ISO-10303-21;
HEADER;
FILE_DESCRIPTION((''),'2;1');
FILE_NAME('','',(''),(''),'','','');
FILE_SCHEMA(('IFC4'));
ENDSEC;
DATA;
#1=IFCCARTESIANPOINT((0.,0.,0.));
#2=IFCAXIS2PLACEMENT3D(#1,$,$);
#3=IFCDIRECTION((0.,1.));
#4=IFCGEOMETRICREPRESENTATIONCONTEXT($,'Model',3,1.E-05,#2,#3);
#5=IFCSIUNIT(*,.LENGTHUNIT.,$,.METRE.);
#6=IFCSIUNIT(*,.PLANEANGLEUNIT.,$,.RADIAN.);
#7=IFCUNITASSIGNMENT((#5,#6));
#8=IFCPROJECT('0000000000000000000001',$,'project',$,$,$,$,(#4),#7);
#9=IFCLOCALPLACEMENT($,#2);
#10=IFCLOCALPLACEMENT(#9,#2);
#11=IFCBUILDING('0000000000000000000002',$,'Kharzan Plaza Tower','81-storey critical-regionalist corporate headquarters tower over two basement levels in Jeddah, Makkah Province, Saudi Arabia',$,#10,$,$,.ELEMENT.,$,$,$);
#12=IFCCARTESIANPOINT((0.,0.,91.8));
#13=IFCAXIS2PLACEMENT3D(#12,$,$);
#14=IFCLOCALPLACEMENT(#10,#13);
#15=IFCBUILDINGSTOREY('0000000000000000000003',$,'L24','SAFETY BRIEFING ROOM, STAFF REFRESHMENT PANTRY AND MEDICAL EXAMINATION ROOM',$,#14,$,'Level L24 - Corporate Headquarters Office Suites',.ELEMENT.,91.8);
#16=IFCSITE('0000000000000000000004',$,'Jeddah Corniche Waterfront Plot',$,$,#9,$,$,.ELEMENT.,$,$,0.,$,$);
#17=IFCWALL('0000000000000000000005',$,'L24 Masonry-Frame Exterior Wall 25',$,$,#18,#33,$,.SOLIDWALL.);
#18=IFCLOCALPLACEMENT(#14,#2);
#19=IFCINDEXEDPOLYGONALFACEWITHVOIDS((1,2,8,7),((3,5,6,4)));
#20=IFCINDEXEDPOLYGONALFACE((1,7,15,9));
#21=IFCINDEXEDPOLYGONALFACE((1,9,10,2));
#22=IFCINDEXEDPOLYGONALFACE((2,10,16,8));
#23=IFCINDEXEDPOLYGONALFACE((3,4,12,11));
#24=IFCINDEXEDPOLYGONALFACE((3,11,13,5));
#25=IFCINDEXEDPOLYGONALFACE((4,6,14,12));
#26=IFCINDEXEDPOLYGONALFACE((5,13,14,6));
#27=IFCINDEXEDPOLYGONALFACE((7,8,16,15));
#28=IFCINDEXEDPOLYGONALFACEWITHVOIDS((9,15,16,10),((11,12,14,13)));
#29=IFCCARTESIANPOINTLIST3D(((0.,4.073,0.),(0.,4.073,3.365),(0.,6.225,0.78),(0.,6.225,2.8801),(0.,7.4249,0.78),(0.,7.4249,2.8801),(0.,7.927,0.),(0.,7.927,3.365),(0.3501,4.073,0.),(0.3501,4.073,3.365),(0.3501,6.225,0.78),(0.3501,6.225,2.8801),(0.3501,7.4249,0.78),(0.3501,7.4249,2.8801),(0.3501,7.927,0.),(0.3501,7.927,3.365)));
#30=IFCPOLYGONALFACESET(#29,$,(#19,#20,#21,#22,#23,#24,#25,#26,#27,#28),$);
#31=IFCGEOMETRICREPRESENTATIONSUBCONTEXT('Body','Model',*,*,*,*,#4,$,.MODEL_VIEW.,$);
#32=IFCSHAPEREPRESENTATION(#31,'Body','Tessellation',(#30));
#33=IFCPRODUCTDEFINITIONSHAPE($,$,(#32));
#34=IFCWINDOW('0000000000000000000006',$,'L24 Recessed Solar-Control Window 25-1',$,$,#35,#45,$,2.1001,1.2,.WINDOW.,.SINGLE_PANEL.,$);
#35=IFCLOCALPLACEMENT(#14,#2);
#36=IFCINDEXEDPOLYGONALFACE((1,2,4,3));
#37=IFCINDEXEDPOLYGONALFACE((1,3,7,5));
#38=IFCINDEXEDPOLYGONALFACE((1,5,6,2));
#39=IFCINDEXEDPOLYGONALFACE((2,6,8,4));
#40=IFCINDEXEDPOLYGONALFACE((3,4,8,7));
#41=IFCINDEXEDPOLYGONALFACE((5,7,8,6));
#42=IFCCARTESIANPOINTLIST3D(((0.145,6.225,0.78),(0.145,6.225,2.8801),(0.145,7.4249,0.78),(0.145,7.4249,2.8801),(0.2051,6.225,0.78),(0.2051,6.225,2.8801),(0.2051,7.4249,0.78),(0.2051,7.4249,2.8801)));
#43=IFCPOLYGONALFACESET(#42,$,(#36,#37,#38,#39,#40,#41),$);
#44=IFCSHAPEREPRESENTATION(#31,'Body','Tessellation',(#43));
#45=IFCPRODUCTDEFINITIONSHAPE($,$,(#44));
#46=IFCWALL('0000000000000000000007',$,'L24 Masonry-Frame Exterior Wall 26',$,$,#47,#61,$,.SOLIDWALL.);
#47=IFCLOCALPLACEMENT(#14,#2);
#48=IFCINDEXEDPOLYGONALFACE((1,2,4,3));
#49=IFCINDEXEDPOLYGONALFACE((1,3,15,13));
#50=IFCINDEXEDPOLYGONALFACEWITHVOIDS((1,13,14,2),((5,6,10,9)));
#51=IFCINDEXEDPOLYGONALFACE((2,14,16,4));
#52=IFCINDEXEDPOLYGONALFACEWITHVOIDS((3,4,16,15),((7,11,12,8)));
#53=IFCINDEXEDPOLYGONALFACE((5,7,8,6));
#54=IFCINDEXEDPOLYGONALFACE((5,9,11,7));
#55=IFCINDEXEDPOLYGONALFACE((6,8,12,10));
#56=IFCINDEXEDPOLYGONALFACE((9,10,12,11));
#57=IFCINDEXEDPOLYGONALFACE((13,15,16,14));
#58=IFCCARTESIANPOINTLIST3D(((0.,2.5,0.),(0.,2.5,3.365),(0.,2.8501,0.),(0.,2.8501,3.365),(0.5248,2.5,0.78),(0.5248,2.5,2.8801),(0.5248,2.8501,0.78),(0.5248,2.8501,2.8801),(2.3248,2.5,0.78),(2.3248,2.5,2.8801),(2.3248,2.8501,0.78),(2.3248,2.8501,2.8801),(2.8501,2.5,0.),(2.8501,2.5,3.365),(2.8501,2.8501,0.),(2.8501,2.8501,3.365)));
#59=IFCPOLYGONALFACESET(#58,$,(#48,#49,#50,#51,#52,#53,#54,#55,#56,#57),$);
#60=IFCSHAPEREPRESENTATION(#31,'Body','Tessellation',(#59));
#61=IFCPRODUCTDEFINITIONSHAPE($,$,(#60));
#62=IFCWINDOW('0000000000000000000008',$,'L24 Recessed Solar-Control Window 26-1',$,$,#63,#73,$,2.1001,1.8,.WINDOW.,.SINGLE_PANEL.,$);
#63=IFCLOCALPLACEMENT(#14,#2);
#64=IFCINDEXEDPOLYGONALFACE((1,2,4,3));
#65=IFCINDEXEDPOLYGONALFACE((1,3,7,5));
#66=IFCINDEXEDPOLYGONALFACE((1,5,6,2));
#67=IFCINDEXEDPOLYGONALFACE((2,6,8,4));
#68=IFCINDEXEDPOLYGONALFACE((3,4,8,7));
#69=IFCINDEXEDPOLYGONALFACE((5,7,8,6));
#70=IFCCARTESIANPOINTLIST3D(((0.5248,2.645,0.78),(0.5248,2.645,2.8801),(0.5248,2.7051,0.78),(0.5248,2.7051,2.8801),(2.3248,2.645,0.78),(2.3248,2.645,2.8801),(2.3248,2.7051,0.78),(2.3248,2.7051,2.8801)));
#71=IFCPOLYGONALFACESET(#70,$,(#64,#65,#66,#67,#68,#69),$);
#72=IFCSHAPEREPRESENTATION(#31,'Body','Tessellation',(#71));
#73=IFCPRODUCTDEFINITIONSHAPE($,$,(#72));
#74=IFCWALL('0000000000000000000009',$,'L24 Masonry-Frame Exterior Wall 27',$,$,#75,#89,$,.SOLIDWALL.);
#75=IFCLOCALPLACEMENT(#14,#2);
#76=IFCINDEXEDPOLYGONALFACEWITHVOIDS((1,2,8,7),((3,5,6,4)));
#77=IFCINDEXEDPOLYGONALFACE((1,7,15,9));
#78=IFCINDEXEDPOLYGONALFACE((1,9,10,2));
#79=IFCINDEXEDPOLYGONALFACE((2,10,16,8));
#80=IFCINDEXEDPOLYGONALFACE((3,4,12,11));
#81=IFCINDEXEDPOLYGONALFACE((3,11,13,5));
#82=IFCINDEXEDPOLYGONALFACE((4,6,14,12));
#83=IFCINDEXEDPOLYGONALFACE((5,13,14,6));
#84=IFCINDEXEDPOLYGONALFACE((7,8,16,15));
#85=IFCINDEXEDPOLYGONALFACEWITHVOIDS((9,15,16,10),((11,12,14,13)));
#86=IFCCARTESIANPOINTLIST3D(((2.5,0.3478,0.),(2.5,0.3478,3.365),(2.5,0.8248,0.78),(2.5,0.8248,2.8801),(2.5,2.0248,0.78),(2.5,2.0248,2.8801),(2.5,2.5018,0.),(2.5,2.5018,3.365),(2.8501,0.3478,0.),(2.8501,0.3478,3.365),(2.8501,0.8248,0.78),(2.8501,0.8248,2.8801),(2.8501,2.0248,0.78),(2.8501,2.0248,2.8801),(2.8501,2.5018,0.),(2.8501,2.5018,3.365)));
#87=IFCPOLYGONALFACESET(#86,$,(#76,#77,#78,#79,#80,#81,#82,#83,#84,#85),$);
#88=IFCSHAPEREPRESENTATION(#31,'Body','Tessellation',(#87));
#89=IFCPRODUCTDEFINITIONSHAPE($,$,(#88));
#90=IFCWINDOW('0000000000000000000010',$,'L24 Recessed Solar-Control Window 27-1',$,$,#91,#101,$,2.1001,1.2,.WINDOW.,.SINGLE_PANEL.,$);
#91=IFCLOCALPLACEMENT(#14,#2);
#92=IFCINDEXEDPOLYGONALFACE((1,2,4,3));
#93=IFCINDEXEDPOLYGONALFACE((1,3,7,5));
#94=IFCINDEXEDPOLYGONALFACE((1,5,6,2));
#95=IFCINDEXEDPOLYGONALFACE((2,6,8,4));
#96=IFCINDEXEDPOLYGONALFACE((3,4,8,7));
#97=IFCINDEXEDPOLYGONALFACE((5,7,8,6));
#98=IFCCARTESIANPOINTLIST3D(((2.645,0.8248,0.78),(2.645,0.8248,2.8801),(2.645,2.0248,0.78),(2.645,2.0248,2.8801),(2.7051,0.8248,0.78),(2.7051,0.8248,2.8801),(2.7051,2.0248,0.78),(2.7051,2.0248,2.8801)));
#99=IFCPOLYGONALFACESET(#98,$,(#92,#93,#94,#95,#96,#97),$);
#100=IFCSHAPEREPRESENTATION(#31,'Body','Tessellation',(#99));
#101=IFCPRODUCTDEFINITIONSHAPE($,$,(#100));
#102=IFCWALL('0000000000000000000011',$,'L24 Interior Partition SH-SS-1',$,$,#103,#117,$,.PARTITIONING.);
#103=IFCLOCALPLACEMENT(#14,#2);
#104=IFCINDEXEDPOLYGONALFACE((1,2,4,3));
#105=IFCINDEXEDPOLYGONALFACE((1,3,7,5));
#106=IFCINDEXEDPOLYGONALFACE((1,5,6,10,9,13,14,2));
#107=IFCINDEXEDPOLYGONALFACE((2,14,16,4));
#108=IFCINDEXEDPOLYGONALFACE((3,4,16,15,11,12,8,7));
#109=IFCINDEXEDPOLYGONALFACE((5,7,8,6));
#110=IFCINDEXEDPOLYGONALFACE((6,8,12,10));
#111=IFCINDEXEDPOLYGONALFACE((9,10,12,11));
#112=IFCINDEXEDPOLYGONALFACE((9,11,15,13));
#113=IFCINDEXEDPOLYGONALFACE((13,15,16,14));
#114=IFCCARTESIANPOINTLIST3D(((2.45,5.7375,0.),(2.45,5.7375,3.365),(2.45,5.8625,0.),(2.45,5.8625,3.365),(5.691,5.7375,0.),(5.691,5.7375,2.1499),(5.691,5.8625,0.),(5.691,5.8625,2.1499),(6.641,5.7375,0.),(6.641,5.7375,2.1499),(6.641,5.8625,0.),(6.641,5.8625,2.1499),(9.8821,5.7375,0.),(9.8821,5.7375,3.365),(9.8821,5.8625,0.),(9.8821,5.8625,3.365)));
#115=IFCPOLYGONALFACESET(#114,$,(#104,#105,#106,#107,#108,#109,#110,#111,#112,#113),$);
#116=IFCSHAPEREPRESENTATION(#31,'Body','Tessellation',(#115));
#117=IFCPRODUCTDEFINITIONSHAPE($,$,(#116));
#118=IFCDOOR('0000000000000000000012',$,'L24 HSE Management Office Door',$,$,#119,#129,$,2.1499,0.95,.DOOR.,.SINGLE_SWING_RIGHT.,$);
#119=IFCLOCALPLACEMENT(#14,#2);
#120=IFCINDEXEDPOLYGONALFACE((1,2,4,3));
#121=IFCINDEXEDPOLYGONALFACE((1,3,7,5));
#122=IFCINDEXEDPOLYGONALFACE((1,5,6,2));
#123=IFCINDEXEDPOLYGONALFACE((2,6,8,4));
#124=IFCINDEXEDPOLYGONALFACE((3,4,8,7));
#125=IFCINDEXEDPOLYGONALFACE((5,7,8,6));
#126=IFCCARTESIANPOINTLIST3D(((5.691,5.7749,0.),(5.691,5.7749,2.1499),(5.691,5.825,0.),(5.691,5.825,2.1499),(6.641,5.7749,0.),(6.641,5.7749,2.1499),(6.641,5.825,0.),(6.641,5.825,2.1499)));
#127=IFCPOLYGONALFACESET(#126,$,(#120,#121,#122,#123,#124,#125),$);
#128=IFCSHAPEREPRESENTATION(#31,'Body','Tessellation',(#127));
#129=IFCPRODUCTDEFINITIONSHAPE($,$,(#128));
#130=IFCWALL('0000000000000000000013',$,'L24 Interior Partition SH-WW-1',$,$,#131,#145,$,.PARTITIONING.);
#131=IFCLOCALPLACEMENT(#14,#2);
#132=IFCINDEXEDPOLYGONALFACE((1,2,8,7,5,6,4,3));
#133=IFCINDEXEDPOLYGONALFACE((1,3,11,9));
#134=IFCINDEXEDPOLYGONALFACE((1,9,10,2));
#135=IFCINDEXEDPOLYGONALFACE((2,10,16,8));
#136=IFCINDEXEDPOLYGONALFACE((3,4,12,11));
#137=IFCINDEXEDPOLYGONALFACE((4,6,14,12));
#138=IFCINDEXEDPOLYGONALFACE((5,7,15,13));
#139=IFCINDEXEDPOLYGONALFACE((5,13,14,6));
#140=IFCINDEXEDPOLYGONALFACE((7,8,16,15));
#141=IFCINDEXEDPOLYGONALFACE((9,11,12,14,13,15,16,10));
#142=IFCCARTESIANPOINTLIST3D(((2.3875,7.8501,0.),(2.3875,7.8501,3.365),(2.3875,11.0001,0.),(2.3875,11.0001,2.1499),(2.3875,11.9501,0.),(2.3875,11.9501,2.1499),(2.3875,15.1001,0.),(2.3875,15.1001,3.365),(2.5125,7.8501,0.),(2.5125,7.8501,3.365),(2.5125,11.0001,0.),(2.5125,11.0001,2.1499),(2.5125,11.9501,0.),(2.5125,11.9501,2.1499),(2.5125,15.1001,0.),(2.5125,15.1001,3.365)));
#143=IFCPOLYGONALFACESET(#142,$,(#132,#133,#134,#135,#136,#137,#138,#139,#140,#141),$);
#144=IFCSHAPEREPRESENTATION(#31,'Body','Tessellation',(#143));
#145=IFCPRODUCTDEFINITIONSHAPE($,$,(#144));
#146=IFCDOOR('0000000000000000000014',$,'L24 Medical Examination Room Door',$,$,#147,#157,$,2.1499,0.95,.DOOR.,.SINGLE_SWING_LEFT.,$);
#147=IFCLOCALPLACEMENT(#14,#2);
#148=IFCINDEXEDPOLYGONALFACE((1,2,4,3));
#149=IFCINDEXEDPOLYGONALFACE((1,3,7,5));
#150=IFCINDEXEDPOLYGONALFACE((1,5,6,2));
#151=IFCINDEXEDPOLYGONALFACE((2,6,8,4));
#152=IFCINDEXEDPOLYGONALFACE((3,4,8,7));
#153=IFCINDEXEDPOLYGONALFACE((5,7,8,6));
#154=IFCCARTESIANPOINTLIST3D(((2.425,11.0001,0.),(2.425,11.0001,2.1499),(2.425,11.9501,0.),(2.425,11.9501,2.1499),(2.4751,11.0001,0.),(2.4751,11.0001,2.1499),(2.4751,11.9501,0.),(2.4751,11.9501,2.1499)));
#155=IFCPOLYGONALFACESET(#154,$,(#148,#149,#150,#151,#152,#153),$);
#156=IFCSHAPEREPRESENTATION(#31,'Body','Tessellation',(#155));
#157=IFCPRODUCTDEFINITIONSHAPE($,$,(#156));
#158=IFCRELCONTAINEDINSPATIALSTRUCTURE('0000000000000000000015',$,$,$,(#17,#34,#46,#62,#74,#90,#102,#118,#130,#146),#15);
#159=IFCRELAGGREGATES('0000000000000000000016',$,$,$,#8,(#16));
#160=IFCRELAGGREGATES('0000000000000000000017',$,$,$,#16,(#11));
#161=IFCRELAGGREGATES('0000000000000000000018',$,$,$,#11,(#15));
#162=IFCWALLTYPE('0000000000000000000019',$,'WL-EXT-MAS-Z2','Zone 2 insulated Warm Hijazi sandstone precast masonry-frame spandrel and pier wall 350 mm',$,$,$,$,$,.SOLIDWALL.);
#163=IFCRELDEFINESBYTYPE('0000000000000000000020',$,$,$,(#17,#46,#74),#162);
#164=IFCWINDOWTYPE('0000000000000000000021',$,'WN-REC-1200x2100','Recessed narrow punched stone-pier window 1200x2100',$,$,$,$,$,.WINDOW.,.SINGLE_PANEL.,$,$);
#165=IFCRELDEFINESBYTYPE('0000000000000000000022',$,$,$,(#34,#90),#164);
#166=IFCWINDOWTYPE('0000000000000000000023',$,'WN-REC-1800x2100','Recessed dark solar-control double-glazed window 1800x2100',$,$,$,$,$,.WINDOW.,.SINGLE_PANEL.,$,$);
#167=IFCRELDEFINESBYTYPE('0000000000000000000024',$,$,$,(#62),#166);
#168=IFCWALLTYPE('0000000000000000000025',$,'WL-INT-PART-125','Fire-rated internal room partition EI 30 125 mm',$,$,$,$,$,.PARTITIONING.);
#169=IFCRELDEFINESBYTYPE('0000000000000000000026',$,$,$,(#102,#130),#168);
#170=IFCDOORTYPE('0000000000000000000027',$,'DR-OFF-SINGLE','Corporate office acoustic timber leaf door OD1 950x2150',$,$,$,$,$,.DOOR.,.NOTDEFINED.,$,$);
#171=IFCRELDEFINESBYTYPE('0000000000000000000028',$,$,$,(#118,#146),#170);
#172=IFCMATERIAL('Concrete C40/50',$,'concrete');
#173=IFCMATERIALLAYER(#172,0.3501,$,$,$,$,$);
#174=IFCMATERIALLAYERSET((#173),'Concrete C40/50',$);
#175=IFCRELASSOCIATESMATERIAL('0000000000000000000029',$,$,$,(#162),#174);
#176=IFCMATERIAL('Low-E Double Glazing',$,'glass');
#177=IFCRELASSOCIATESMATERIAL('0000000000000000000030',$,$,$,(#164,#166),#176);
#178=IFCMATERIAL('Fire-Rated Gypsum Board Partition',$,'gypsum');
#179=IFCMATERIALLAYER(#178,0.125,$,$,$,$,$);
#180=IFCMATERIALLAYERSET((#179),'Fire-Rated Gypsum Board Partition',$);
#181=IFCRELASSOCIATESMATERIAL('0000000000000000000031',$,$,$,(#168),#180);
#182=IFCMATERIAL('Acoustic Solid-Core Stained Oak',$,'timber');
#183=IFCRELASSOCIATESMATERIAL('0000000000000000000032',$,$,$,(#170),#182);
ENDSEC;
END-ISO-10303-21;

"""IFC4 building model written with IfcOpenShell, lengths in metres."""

from ifc_helpers import new_model, si_unit, direction, frame, frame_2d, origin, place, context, subcontext, project, spatial, rectangle, extrude, source, transform, mapped, material, layer, layer_set, type_object, element, fill, save


model = new_model("IFC4")

# Units and contexts
model_context = context("Model", 3, precision=1e-05, world=origin(), true_north=direction((0.0, 1.0)))
body_context = subcontext(model_context, "Body", "Model", "MODEL_VIEW")
ifc_project = project(units=[si_unit("LENGTHUNIT", "METRE"), si_unit("PLANEANGLEUNIT", "RADIAN")], contexts=[model_context])

# Site, building, storey
site_placement = place(None, origin())
site = spatial("IfcSite", under=ifc_project, at=site_placement, Name="Jeddah Corniche Waterfront Plot", CompositionType="ELEMENT", RefElevation=0.0)
building_placement = place(site_placement, origin())
building = spatial("IfcBuilding", under=site, at=building_placement, Name="Kharzan Plaza Tower", Description="81-storey critical-regionalist corporate headquarters tower over two basement levels in Jeddah, Makkah Province, Saudi Arabia", CompositionType="ELEMENT")
storey_placement = place(building_placement, frame((0.0, 0.0, 91.8)))
storey = spatial("IfcBuildingStorey", under=building, at=storey_placement, Name="L24", Description="SAFETY BRIEFING ROOM, STAFF REFRESHMENT PANTRY AND MEDICAL EXAMINATION ROOM", LongName="Level L24 - Corporate Headquarters Office Suites", CompositionType="ELEMENT", Elevation=91.8)

# Shared definitions
ifc_material_1 = material(Name="Concrete C40/50", Category="concrete")

# Walls, openings, windows
ifc_layer_1 = layer(ifc_material_1, 0.3501)
ifc_layer_set_1 = layer_set([ifc_layer_1], Name="Concrete C40/50")
wall_type_1 = type_object("IfcWallType", Name="WL-EXT-MAS-Z2", Description="Zone 2 insulated Warm Hijazi sandstone precast masonry-frame spandrel and pier wall 350 mm", PredefinedType="SOLIDWALL", material=ifc_layer_set_1)
wall_1_placement = place(storey_placement, frame((0.175, 7.927, 0.0), z_axis=(0.0, 0.0, 1.0), x_axis=(0.0, -1.0, 0.0)))
wall_1 = element("IfcWall", 1, at=wall_1_placement, inside=storey, type_object=wall_type_1, Name="L24 Masonry-Frame Exterior Wall 25", PredefinedType="SOLIDWALL", context=body_context, shape_type="SweptSolid", body=[
    extrude(rectangle(XDim=3.854, YDim=0.3501, at=frame_2d((1.927, 0.0))), origin(), (0.0, 0.0, 1.0), 3.365),
])
opening_1_placement = place(wall_1_placement, frame((0.502, 0.0, 0.78)))
opening_1 = element("IfcOpeningElement", 2, at=opening_1_placement, cuts=wall_1, PredefinedType="OPENING", context=body_context, shape_type="SweptSolid", body=[
    extrude(rectangle(XDim=1.2, YDim=2.1001, at=frame_2d((0.6001, 1.05))), frame((0.0, 0.1851, 0.0), z_axis=(0.0, -1.0, 0.0), x_axis=(1.0, 0.0, 0.0)), (0.0, 0.0, 1.0), 0.3701),
])
ifc_material_2 = material(Name="Low-E Double Glazing", Category="glass")
window_type_1 = type_object("IfcWindowType", Name="WN-REC-1200x2100", Description="Recessed narrow punched stone-pier window 1200x2100", PartitioningType="SINGLE_PANEL", PredefinedType="WINDOW", material=ifc_material_2)
shared_shape_1 = source(origin(), body_context, "Body", "SweptSolid", [
    extrude(rectangle(XDim=1.2, YDim=2.1001, at=frame_2d((0.6001, 1.05))), frame((0.0, 0.03, 0.0), z_axis=(0.0, -1.0, 0.0), x_axis=(1.0, 0.0, 0.0)), (0.0, 0.0, 1.0), 0.0601),
])
window_1_placement = place(opening_1_placement, origin())
window_1 = element("IfcWindow", 3, at=window_1_placement, inside=storey, type_object=window_type_1, Name="L24 Recessed Solar-Control Window 25-1", OverallHeight=2.1001, OverallWidth=1.2, PartitioningType="SINGLE_PANEL", PredefinedType="WINDOW", context=body_context, shape_type="MappedRepresentation", body=[
    mapped(shared_shape_1, transform((0.0, 0.0, 0.0), x_axis=(1.0, 0.0, 0.0), y_axis=(0.0, 1.0, 0.0), z_axis=(0.0, 0.0, 1.0))),
])
fill(opening_1, window_1)
wall_2_placement = place(storey_placement, frame((0.0, 2.675, 0.0), z_axis=(0.0, 0.0, 1.0), x_axis=(1.0, 0.0, 0.0)))
wall_2 = element("IfcWall", 4, at=wall_2_placement, inside=storey, type_object=wall_type_1, Name="L24 Masonry-Frame Exterior Wall 26", PredefinedType="SOLIDWALL", context=body_context, shape_type="SweptSolid", body=[
    extrude(rectangle(XDim=2.8501, YDim=0.3501, at=frame_2d((1.425, 0.0))), origin(), (0.0, 0.0, 1.0), 3.365),
])
opening_2_placement = place(wall_2_placement, frame((0.5249, 0.0, 0.78)))
opening_2 = element("IfcOpeningElement", 5, at=opening_2_placement, cuts=wall_2, PredefinedType="OPENING", context=body_context, shape_type="SweptSolid", body=[
    extrude(rectangle(XDim=1.8, YDim=2.1001, at=frame_2d((0.8999, 1.05))), frame((0.0, 0.1851, 0.0), z_axis=(0.0, -1.0, 0.0), x_axis=(1.0, 0.0, 0.0)), (0.0, 0.0, 1.0), 0.3701),
])
window_type_2 = type_object("IfcWindowType", Name="WN-REC-1800x2100", Description="Recessed dark solar-control double-glazed window 1800x2100", PartitioningType="SINGLE_PANEL", PredefinedType="WINDOW", material=ifc_material_2)
shared_shape_2 = source(origin(), body_context, "Body", "SweptSolid", [
    extrude(rectangle(XDim=1.8, YDim=2.1001, at=frame_2d((0.8999, 1.05))), frame((0.0, 0.03, 0.0), z_axis=(0.0, -1.0, 0.0), x_axis=(1.0, 0.0, 0.0)), (0.0, 0.0, 1.0), 0.0601),
])
window_2_placement = place(opening_2_placement, origin())
window_2 = element("IfcWindow", 6, at=window_2_placement, inside=storey, type_object=window_type_2, Name="L24 Recessed Solar-Control Window 26-1", OverallHeight=2.1001, OverallWidth=1.8, PartitioningType="SINGLE_PANEL", PredefinedType="WINDOW", context=body_context, shape_type="MappedRepresentation", body=[
    mapped(shared_shape_2, transform((0.0, 0.0, 0.0), x_axis=(1.0, 0.0, 0.0), y_axis=(0.0, 1.0, 0.0), z_axis=(0.0, 0.0, 1.0))),
])
fill(opening_2, window_2)
wall_3_placement = place(storey_placement, frame((2.675, 2.502, 0.0), z_axis=(0.0, 0.0, 1.0), x_axis=(0.0, -1.0, 0.0)))
wall_3 = element("IfcWall", 7, at=wall_3_placement, inside=storey, type_object=wall_type_1, Name="L24 Masonry-Frame Exterior Wall 27", PredefinedType="SOLIDWALL", context=body_context, shape_type="SweptSolid", body=[
    extrude(rectangle(XDim=2.1541, YDim=0.3501, at=frame_2d((1.0771, 0.0))), origin(), (0.0, 0.0, 1.0), 3.365),
])
opening_3_placement = place(wall_3_placement, frame((0.4771, 0.0, 0.78)))
opening_3 = element("IfcOpeningElement", 8, at=opening_3_placement, cuts=wall_3, PredefinedType="OPENING", context=body_context, shape_type="SweptSolid", body=[
    extrude(rectangle(XDim=1.2, YDim=2.1001, at=frame_2d((0.6001, 1.05))), frame((0.0, 0.1851, 0.0), z_axis=(0.0, -1.0, 0.0), x_axis=(1.0, 0.0, 0.0)), (0.0, 0.0, 1.0), 0.3701),
])
window_3_placement = place(opening_3_placement, origin())
window_3 = element("IfcWindow", 9, at=window_3_placement, inside=storey, type_object=window_type_1, Name="L24 Recessed Solar-Control Window 27-1", OverallHeight=2.1001, OverallWidth=1.2, PartitioningType="SINGLE_PANEL", PredefinedType="WINDOW", context=body_context, shape_type="MappedRepresentation", body=[
    mapped(shared_shape_1, transform((0.0, 0.0, 0.0), x_axis=(1.0, 0.0, 0.0), y_axis=(0.0, 1.0, 0.0), z_axis=(0.0, 0.0, 1.0))),
])
fill(opening_3, window_3)

# Walls, openings, doors
ifc_material_3 = material(Name="Fire-Rated Gypsum Board Partition", Category="gypsum")
ifc_layer_2 = layer(ifc_material_3, 0.125)
ifc_layer_set_2 = layer_set([ifc_layer_2], Name="Fire-Rated Gypsum Board Partition")
wall_type_2 = type_object("IfcWallType", Name="WL-INT-PART-125", Description="Fire-rated internal room partition EI 30 125 mm", PredefinedType="PARTITIONING", material=ifc_layer_set_2)
wall_4_placement = place(storey_placement, frame((2.45, 5.8, 0.0), z_axis=(0.0, 0.0, 1.0), x_axis=(1.0, 0.0, 0.0)))
wall_4 = element("IfcWall", 10, at=wall_4_placement, inside=storey, type_object=wall_type_2, Name="L24 Interior Partition SH-SS-1", PredefinedType="PARTITIONING", context=body_context, shape_type="SweptSolid", body=[
    extrude(rectangle(XDim=7.4321, YDim=0.125, at=frame_2d((3.7161, 0.0))), origin(), (0.0, 0.0, 1.0), 3.365),
])
opening_4_placement = place(wall_4_placement, frame((3.241, 0.0, 0.0)))
opening_4 = element("IfcOpeningElement", 11, at=opening_4_placement, cuts=wall_4, PredefinedType="OPENING", context=body_context, shape_type="SweptSolid", body=[
    extrude(rectangle(XDim=0.95, YDim=2.1499, at=frame_2d((0.4751, 1.075))), frame((0.0, 0.0725, 0.0), z_axis=(0.0, -1.0, 0.0), x_axis=(1.0, 0.0, 0.0)), (0.0, 0.0, 1.0), 0.145),
])
ifc_material_4 = material(Name="Acoustic Solid-Core Stained Oak", Category="timber")
door_type = type_object("IfcDoorType", Name="DR-OFF-SINGLE", Description="Corporate office acoustic timber leaf door OD1 950x2150", OperationType="NOTDEFINED", PredefinedType="DOOR", material=ifc_material_4)
shared_shape_3 = source(origin(), body_context, "Body", "SweptSolid", [
    extrude(rectangle(XDim=0.95, YDim=2.1499, at=frame_2d((0.4751, 1.075))), frame((0.0, 0.0249, 0.0), z_axis=(0.0, -1.0, 0.0), x_axis=(1.0, 0.0, 0.0)), (0.0, 0.0, 1.0), 0.05),
])
door_1_placement = place(opening_4_placement, origin())
door_1 = element("IfcDoor", 12, at=door_1_placement, inside=storey, type_object=door_type, Name="L24 HSE Management Office Door", OperationType="SINGLE_SWING_RIGHT", OverallHeight=2.1499, OverallWidth=0.95, PredefinedType="DOOR", context=body_context, shape_type="MappedRepresentation", body=[
    mapped(shared_shape_3, transform((0.0, 0.0, 0.0), x_axis=(1.0, 0.0, 0.0), y_axis=(0.0, 1.0, 0.0), z_axis=(0.0, 0.0, 1.0))),
])
fill(opening_4, door_1)
wall_5_placement = place(storey_placement, frame((2.45, 7.8501, 0.0), z_axis=(0.0, 0.0, 1.0), x_axis=(0.0, 1.0, 0.0)))
wall_5 = element("IfcWall", 13, at=wall_5_placement, inside=storey, type_object=wall_type_2, Name="L24 Interior Partition SH-WW-1", PredefinedType="PARTITIONING", context=body_context, shape_type="SweptSolid", body=[
    extrude(rectangle(XDim=7.25, YDim=0.125, at=frame_2d((3.625, 0.0))), origin(), (0.0, 0.0, 1.0), 3.365),
])
opening_5_placement = place(wall_5_placement, frame((3.1499, 0.0, 0.0)))
opening_5 = element("IfcOpeningElement", 14, at=opening_5_placement, cuts=wall_5, PredefinedType="OPENING", context=body_context, shape_type="SweptSolid", body=[
    extrude(rectangle(XDim=0.95, YDim=2.1499, at=frame_2d((0.4751, 1.075))), frame((0.0, 0.0725, 0.0), z_axis=(0.0, -1.0, 0.0), x_axis=(1.0, 0.0, 0.0)), (0.0, 0.0, 1.0), 0.145),
])
door_2_placement = place(opening_5_placement, origin())
door_2 = element("IfcDoor", 15, at=door_2_placement, inside=storey, type_object=door_type, Name="L24 Medical Examination Room Door", OperationType="SINGLE_SWING_LEFT", OverallHeight=2.1499, OverallWidth=0.95, PredefinedType="DOOR", context=body_context, shape_type="MappedRepresentation", body=[
    mapped(shared_shape_3, transform((0.0, 0.0, 0.0), x_axis=(1.0, 0.0, 0.0), y_axis=(0.0, 1.0, 0.0), z_axis=(0.0, 0.0, 1.0))),
])
fill(opening_5, door_2)

save(model, "model.ifc")
